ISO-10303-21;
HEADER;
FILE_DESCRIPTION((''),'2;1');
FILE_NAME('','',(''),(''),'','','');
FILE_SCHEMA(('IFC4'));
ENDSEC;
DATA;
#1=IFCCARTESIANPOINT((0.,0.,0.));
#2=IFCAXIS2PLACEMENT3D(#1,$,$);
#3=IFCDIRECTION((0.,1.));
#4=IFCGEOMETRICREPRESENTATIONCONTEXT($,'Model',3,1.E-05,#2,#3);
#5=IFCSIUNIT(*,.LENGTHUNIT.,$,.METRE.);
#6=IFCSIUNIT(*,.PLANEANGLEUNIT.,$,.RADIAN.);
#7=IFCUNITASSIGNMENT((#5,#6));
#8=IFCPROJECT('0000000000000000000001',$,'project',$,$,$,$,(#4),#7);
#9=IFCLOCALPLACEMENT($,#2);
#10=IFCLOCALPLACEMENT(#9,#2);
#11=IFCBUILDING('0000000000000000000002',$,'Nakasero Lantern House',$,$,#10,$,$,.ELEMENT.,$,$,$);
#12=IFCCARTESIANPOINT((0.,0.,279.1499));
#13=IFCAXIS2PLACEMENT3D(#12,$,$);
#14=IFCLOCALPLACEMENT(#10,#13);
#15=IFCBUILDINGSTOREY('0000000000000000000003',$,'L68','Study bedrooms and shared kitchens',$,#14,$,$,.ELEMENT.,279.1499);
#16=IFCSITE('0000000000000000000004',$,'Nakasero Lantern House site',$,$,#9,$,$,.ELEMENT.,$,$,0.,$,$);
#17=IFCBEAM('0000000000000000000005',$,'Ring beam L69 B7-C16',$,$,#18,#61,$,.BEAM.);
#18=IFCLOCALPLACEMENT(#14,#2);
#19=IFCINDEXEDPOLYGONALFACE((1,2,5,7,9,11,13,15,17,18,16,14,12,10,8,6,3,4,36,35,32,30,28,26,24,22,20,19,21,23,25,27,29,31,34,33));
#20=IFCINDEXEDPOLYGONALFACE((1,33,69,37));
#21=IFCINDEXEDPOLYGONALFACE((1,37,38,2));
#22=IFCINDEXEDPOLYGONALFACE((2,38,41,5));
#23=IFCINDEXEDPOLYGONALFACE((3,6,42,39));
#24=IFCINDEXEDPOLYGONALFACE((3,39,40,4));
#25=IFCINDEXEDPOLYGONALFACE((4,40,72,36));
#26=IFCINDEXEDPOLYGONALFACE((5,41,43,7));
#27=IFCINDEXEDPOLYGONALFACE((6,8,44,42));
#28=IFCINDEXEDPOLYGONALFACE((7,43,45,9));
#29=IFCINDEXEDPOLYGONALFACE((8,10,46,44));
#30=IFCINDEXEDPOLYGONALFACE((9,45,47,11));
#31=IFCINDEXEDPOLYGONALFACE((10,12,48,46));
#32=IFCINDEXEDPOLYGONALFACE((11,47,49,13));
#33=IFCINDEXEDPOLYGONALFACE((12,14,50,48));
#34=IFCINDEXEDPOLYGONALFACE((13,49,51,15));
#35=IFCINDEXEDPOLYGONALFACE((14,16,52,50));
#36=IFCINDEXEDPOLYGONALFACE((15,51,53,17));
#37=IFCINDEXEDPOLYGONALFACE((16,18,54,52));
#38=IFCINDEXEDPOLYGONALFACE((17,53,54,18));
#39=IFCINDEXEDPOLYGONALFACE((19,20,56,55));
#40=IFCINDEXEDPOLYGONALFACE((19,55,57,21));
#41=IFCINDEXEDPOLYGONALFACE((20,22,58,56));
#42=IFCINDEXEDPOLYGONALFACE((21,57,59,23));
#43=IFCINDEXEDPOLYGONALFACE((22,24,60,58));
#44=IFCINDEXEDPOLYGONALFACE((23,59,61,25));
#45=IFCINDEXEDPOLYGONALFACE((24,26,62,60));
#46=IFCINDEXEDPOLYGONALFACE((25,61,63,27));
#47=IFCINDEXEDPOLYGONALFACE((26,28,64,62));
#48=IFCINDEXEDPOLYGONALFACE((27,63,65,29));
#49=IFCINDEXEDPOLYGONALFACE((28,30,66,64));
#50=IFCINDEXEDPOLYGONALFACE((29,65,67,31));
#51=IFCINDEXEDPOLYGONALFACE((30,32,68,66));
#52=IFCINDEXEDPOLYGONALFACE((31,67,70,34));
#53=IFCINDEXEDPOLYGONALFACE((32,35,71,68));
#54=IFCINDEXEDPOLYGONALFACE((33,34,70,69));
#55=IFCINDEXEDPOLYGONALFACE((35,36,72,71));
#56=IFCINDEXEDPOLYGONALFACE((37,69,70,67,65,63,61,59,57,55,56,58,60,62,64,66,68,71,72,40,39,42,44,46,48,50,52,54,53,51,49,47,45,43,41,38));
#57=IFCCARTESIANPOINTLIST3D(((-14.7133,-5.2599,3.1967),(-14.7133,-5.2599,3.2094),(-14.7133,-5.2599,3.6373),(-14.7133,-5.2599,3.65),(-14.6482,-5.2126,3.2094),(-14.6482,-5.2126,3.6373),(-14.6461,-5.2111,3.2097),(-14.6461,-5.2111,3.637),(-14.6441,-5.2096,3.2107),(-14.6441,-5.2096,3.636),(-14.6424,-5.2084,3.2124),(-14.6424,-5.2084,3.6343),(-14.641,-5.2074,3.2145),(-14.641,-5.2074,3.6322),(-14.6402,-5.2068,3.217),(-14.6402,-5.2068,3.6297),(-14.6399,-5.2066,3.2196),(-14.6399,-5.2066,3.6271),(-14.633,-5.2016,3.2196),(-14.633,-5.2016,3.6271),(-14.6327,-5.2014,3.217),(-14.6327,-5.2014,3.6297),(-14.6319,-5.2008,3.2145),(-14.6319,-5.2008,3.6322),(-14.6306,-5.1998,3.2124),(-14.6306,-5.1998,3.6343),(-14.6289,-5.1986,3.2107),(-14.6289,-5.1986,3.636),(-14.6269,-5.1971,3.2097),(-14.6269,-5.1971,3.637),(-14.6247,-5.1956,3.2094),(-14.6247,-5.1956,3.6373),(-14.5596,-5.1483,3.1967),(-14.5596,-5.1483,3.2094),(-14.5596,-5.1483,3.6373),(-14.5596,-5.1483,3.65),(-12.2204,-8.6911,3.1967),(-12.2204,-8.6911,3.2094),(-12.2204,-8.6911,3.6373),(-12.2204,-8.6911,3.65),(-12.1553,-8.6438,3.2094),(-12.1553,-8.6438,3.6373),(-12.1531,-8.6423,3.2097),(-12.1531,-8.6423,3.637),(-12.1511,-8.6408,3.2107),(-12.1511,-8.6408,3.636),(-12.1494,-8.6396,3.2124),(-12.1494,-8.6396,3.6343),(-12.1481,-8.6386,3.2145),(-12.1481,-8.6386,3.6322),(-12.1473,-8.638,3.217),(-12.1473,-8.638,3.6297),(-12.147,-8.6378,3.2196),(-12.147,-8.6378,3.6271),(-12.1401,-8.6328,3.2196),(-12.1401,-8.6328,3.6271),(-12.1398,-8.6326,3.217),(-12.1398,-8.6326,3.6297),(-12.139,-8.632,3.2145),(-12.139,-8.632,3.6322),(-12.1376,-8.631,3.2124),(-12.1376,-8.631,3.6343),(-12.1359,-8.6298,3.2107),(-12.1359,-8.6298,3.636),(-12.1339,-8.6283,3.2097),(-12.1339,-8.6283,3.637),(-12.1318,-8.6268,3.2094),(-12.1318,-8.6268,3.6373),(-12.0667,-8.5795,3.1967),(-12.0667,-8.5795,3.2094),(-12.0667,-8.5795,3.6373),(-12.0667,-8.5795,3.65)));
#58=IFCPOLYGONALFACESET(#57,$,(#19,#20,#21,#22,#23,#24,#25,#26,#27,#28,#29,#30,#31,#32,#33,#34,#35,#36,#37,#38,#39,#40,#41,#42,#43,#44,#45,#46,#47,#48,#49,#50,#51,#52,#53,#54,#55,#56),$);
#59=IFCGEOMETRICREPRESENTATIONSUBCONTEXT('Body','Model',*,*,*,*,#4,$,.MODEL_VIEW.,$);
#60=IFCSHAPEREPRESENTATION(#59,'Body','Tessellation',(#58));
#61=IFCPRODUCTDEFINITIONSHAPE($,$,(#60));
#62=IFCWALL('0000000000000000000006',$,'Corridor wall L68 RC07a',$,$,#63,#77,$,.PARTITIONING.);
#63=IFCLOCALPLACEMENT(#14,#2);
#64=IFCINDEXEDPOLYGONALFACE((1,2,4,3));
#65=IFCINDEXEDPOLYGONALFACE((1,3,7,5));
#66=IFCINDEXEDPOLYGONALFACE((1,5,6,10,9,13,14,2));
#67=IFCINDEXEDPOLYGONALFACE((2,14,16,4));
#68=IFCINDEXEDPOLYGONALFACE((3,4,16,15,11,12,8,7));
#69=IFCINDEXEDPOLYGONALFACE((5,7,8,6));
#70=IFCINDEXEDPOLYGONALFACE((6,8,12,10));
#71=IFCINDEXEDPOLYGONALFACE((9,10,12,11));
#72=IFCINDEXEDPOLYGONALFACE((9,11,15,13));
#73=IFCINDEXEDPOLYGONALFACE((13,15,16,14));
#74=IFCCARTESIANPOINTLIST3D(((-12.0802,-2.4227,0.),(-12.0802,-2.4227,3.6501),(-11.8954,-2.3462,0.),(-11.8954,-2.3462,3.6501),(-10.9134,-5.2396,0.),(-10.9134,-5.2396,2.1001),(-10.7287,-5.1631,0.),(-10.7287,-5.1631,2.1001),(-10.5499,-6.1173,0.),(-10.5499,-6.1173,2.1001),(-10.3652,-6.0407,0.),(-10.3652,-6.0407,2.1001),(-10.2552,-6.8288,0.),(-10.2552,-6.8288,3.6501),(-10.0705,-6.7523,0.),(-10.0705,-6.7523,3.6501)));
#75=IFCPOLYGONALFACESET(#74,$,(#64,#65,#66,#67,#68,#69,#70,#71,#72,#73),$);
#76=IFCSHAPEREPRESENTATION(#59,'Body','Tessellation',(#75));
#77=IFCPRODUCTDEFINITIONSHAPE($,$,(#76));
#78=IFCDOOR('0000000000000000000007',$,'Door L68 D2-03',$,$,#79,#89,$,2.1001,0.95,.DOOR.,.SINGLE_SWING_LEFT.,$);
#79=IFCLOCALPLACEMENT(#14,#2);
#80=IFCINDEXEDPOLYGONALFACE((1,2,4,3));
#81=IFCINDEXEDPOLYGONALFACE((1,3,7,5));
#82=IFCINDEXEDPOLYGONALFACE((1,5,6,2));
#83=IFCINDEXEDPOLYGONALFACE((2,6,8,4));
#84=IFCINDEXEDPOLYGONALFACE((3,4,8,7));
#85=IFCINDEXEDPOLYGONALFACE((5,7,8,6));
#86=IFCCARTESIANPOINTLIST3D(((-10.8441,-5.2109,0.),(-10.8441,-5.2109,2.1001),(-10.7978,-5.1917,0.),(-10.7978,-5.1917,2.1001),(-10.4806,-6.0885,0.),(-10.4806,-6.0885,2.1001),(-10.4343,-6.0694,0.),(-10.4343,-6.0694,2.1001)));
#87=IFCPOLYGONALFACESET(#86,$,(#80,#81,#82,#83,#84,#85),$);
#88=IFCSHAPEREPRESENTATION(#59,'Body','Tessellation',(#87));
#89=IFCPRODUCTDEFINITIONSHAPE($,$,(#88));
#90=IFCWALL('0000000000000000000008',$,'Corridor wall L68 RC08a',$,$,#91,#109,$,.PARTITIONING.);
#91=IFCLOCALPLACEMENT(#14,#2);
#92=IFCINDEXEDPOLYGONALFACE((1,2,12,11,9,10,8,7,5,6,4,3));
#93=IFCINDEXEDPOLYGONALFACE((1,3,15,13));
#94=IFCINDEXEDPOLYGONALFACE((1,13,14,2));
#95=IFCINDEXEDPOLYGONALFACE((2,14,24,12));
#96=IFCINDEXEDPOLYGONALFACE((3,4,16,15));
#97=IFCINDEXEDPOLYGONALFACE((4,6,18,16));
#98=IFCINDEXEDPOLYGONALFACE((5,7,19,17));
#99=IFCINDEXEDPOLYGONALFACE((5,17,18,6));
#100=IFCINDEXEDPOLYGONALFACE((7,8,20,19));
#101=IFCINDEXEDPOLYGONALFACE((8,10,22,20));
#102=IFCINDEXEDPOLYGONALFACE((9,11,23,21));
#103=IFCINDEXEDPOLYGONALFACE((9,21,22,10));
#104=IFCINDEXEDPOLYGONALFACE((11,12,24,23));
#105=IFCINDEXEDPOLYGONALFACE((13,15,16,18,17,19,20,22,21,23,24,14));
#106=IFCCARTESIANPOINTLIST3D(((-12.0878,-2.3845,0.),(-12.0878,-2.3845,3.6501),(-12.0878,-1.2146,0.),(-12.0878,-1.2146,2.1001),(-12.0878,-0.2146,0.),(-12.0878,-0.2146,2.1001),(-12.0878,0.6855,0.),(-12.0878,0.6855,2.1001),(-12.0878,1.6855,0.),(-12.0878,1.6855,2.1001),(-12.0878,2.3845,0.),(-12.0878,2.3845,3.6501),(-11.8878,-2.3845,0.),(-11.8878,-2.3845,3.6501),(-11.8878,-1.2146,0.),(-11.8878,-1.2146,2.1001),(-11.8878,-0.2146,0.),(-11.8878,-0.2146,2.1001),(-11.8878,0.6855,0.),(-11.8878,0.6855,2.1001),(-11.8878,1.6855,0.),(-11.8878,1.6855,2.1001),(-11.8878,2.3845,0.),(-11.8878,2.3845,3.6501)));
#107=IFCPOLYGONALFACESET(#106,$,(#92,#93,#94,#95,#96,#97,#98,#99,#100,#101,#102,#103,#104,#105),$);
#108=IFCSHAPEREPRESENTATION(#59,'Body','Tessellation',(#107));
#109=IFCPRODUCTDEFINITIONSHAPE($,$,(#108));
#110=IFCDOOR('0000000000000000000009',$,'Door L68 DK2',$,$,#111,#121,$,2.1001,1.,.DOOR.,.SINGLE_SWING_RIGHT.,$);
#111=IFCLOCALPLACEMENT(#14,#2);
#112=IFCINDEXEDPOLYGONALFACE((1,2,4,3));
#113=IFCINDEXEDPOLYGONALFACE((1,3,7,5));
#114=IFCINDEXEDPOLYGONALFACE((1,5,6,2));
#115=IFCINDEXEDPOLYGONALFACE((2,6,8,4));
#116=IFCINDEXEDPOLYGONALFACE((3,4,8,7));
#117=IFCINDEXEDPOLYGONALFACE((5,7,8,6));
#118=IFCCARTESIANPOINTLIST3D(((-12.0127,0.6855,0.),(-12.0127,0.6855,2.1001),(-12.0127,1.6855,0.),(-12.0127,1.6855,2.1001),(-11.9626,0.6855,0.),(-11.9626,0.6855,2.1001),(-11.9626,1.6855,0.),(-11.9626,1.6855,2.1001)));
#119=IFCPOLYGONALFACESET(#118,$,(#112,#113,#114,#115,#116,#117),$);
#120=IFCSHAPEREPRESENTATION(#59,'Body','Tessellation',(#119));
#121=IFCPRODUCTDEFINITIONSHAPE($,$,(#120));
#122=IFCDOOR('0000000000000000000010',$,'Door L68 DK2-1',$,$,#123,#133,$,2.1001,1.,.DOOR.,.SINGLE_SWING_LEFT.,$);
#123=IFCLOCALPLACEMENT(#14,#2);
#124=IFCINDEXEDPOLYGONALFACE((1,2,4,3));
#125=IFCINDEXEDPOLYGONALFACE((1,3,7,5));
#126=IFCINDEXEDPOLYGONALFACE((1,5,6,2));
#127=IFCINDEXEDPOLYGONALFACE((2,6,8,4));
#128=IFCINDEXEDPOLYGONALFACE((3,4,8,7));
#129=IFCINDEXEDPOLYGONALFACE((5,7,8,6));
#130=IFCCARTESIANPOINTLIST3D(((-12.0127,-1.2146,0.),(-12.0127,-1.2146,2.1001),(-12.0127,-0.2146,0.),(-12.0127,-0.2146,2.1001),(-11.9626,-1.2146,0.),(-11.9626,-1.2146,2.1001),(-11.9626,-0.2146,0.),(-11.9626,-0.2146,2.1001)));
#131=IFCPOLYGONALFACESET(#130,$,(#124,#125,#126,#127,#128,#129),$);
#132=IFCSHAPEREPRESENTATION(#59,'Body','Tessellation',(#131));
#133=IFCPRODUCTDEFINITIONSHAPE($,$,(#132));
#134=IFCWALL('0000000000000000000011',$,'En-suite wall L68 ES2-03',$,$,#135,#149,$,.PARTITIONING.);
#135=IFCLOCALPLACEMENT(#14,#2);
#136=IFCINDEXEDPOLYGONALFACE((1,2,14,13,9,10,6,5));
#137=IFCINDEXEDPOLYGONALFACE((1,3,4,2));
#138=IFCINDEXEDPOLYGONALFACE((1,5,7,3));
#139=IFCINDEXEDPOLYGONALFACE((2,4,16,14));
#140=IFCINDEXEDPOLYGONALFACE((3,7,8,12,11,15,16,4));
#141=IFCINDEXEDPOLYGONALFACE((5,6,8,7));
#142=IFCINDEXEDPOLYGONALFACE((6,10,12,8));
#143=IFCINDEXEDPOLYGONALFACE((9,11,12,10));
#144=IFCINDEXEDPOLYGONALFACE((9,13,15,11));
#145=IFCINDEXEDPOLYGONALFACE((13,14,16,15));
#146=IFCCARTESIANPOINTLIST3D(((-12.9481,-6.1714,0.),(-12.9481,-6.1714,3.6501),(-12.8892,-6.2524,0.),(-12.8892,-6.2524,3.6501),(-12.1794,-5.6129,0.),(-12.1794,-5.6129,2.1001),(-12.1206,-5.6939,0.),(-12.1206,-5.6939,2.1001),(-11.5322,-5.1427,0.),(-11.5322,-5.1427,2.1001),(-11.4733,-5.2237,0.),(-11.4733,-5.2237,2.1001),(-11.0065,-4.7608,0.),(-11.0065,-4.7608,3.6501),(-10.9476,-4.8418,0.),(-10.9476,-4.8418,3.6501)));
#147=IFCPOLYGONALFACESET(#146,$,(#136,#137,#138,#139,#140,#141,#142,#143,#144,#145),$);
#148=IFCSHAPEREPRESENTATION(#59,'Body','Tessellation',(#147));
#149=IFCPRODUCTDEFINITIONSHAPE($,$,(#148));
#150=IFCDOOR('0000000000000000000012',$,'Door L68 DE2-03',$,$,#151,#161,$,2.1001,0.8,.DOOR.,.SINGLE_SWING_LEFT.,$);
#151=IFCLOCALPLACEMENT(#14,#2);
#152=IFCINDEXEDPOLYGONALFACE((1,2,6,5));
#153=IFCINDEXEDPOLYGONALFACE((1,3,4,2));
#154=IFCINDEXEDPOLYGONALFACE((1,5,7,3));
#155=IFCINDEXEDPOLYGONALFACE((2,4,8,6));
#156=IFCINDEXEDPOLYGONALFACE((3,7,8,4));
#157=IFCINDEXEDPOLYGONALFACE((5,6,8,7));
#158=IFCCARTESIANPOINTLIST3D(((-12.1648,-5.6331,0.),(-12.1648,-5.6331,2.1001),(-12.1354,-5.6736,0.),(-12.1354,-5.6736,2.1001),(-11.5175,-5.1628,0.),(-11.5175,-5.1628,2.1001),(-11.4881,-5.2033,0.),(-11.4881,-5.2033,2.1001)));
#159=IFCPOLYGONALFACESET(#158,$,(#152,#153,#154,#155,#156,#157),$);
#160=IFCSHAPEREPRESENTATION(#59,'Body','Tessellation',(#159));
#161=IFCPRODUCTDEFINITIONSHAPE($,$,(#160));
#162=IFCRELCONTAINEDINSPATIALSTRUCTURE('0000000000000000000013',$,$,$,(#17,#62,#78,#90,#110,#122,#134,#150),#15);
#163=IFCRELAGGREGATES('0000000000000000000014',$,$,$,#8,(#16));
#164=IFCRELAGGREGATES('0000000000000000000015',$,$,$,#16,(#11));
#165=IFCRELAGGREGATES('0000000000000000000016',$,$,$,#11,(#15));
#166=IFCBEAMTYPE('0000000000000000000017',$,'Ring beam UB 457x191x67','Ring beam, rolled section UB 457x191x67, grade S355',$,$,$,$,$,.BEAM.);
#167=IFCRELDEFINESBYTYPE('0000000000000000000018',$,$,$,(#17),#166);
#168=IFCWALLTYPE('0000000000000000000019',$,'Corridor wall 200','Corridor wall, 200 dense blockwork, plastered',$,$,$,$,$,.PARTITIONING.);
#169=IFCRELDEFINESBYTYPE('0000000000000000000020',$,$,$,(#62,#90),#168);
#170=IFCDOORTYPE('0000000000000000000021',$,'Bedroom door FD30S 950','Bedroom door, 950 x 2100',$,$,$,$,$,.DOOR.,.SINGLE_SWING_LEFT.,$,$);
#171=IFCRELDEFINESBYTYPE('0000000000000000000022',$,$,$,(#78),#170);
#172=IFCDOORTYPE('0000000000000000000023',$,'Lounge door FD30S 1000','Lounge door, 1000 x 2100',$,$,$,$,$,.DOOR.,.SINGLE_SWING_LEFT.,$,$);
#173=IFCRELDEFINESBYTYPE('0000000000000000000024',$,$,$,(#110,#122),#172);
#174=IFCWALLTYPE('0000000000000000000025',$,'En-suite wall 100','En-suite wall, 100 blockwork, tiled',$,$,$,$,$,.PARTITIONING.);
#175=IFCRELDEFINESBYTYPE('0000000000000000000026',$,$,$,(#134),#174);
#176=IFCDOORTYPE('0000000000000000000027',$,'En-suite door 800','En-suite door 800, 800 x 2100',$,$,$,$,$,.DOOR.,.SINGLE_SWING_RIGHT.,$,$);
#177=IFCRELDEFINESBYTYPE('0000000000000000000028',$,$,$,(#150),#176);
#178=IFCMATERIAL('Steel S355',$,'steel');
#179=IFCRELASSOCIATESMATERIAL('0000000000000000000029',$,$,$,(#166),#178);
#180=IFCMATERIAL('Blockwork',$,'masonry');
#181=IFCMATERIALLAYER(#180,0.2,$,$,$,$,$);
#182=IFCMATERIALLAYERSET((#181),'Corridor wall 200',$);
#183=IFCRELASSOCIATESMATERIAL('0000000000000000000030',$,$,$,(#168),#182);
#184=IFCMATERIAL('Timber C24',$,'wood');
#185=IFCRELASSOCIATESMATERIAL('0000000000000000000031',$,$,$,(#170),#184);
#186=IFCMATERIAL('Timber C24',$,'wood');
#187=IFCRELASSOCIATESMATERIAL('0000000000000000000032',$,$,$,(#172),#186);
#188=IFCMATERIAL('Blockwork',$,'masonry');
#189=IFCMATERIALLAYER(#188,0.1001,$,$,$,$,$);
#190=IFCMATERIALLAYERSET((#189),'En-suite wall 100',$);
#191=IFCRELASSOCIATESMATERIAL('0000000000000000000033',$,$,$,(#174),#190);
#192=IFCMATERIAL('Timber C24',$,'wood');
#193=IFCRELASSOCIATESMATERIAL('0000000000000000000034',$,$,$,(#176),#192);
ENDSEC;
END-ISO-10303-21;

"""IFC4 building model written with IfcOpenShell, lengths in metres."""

from ifc_helpers import new_model, si_unit, direction, frame, frame_2d, origin, origin_2d, place, context, subcontext, project, spatial, rectangle, i_section, extrude, material, layer, layer_set, material_profile, profile_set, type_object, element, fill, save


model = new_model("IFC4")

# Units and contexts
model_context = context("Model", 3, precision=1e-05, world=origin(), true_north=direction((0.0, 1.0)))
body_context = subcontext(model_context, "Body", "Model", "MODEL_VIEW")
ifc_project = project(units=[si_unit("LENGTHUNIT", "METRE"), si_unit("PLANEANGLEUNIT", "RADIAN")], contexts=[model_context])

# Site, building, storey
site_placement = place(None, origin())
site = spatial("IfcSite", under=ifc_project, at=site_placement, Name="Nakasero Lantern House site", CompositionType="ELEMENT", RefElevation=0.0)
building_placement = place(site_placement, origin())
building = spatial("IfcBuilding", under=site, at=building_placement, Name="Nakasero Lantern House", CompositionType="ELEMENT")
storey_placement = place(building_placement, frame((0.0, 0.0, 279.1499)))
storey = spatial("IfcBuildingStorey", under=building, at=storey_placement, Name="L68", Description="Study bedrooms and shared kitchens", CompositionType="ELEMENT", Elevation=279.1499)

# Beam
ifc_material_1 = material(Name="Steel S355", Category="steel")
ifc_material_profile_1 = material_profile(ifc_material_1, i_section(OverallWidth=0.1899, OverallDepth=0.4534, WebThickness=0.0085, FlangeThickness=0.0127, FilletRadius=0.0103, at=origin_2d()), Name="UB 457x191x67")
ifc_profile_set_1 = profile_set([ifc_material_profile_1], Name="Steel S355")
beam_type_1 = type_object("IfcBeamType", Name="Ring beam UB 457x191x67", Description="Ring beam, rolled section UB 457x191x67, grade S355", PredefinedType="BEAM", material=ifc_profile_set_1)
beam_1_placement = place(storey_placement, frame((-14.6365, -5.2041, 3.4233), z_axis=(0.587792, -0.809012, 0.0), x_axis=(0.809012, 0.587792, 0.0)))
element("IfcBeam", 1, at=beam_1_placement, inside=storey, type_object=beam_type_1, Name="Ring beam L69 B7-C16", PredefinedType="BEAM", context=body_context, shape_type="SweptSolid", body=[
    extrude(i_section(OverallWidth=0.1899, OverallDepth=0.4534, WebThickness=0.0085, FlangeThickness=0.0127, FilletRadius=0.0103, at=origin_2d()), origin(), (0.0, 0.0, 1.0), 4.2412),
])

# Wall, opening, door
ifc_material_2 = material(Name="Blockwork", Category="masonry")
ifc_layer_1 = layer(ifc_material_2, 0.2)
ifc_layer_set_1 = layer_set([ifc_layer_1], Name="Corridor wall 200")
wall_type_1 = type_object("IfcWallType", Name="Corridor wall 200", Description="Corridor wall, 200 dense blockwork, plastered", PredefinedType="PARTITIONING", material=ifc_layer_set_1)
wall_1_placement = place(storey_placement, frame((-10.1628, -6.7905, 0.0), z_axis=(0.0, 0.0, 1.0), x_axis=(-0.38267, 0.923885, 0.0)))
wall_1 = element("IfcWall", 2, at=wall_1_placement, inside=storey, type_object=wall_type_1, Name="Corridor wall L68 RC07a", PredefinedType="PARTITIONING", context=body_context, shape_type="SweptSolid", body=[
    extrude(rectangle(XDim=4.769, YDim=0.2, at=frame_2d((2.3845, 0.0))), origin(), (0.0, 0.0, 1.0), 3.6501),
])
opening_1_placement = place(wall_1_placement, frame((0.77, 0.0, 0.0)))
opening_1 = element("IfcOpeningElement", 3, at=opening_1_placement, cuts=wall_1, PredefinedType="OPENING", context=body_context, shape_type="SweptSolid", body=[
    extrude(rectangle(XDim=0.95, YDim=2.1001, at=frame_2d((0.4751, 1.05))), frame((0.0, 0.1199, 0.0), z_axis=(0.0, -1.0, 0.0), x_axis=(1.0, 0.0, 0.0)), (0.0, 0.0, 1.0), 0.24),
])
ifc_material_3 = material(Name="Timber C24", Category="wood")
door_type_1 = type_object("IfcDoorType", Name="Bedroom door FD30S 950", Description="Bedroom door, 950 x 2100", OperationType="SINGLE_SWING_LEFT", PredefinedType="DOOR", material=ifc_material_3)
door_1_placement = place(opening_1_placement, origin())
door_1 = element("IfcDoor", 4, at=door_1_placement, inside=storey, type_object=door_type_1, Name="Door L68 D2-03", OperationType="SINGLE_SWING_LEFT", OverallHeight=2.1001, OverallWidth=0.95, PredefinedType="DOOR", context=body_context, shape_type="SweptSolid", body=[
    extrude(rectangle(XDim=0.95, YDim=2.1001, at=frame_2d((0.4751, 1.05))), frame((0.0, 0.0249, 0.0), z_axis=(0.0, -1.0, 0.0), x_axis=(1.0, 0.0, 0.0)), (0.0, 0.0, 1.0), 0.05),
])
fill(opening_1, door_1)

# Wall, openings, doors
wall_2_placement = place(storey_placement, frame((-11.9878, -2.3845, 0.0), z_axis=(0.0, 0.0, 1.0), x_axis=(0.0, 1.0, 0.0)))
wall_2 = element("IfcWall", 5, at=wall_2_placement, inside=storey, type_object=wall_type_1, Name="Corridor wall L68 RC08a", PredefinedType="PARTITIONING", context=body_context, shape_type="SweptSolid", body=[
    extrude(rectangle(XDim=4.769, YDim=0.2, at=frame_2d((2.3845, 0.0))), origin(), (0.0, 0.0, 1.0), 3.6501),
])
opening_2_placement = place(wall_2_placement, frame((3.0701, 0.0, 0.0)))
opening_2 = element("IfcOpeningElement", 6, at=opening_2_placement, cuts=wall_2, PredefinedType="OPENING", context=body_context, shape_type="SweptSolid", body=[
    extrude(rectangle(XDim=1.0, YDim=2.1001, at=frame_2d((0.5, 1.05))), frame((0.0, 0.1199, 0.0), z_axis=(0.0, -1.0, 0.0), x_axis=(1.0, 0.0, 0.0)), (0.0, 0.0, 1.0), 0.24),
])
opening_3_placement = place(wall_2_placement, frame((1.1699, 0.0, 0.0)))
opening_3 = element("IfcOpeningElement", 7, at=opening_3_placement, cuts=wall_2, PredefinedType="OPENING", context=body_context, shape_type="SweptSolid", body=[
    extrude(rectangle(XDim=1.0, YDim=2.1001, at=frame_2d((0.5, 1.05))), frame((0.0, 0.1199, 0.0), z_axis=(0.0, -1.0, 0.0), x_axis=(1.0, 0.0, 0.0)), (0.0, 0.0, 1.0), 0.24),
])
ifc_material_4 = material(Name="Timber C24", Category="wood")
door_type_2 = type_object("IfcDoorType", Name="Lounge door FD30S 1000", Description="Lounge door, 1000 x 2100", OperationType="SINGLE_SWING_LEFT", PredefinedType="DOOR", material=ifc_material_4)
door_2_placement = place(opening_2_placement, origin())
door_2 = element("IfcDoor", 8, at=door_2_placement, inside=storey, type_object=door_type_2, Name="Door L68 DK2", OperationType="SINGLE_SWING_RIGHT", OverallHeight=2.1001, OverallWidth=1.0, PredefinedType="DOOR", context=body_context, shape_type="SweptSolid", body=[
    extrude(rectangle(XDim=1.0, YDim=2.1001, at=frame_2d((0.5, 1.05))), frame((0.0, 0.0249, 0.0), z_axis=(0.0, -1.0, 0.0), x_axis=(1.0, 0.0, 0.0)), (0.0, 0.0, 1.0), 0.05),
])
fill(opening_2, door_2)
door_3_placement = place(opening_3_placement, origin())
door_3 = element("IfcDoor", 9, at=door_3_placement, inside=storey, type_object=door_type_2, Name="Door L68 DK2-1", OperationType="SINGLE_SWING_LEFT", OverallHeight=2.1001, OverallWidth=1.0, PredefinedType="DOOR", context=body_context, shape_type="SweptSolid", body=[
    extrude(rectangle(XDim=1.0, YDim=2.1001, at=frame_2d((0.5, 1.05))), frame((0.0, 0.0249, 0.0), z_axis=(0.0, -1.0, 0.0), x_axis=(1.0, 0.0, 0.0)), (0.0, 0.0, 1.0), 0.05),
])
fill(opening_3, door_3)

# Wall, opening, door
ifc_material_5 = material(Name="Blockwork", Category="masonry")
ifc_layer_2 = layer(ifc_material_5, 0.1001)
ifc_layer_set_2 = layer_set([ifc_layer_2], Name="En-suite wall 100")
wall_type_2 = type_object("IfcWallType", Name="En-suite wall 100", Description="En-suite wall, 100 blockwork, tiled", PredefinedType="PARTITIONING", material=ifc_layer_set_2)
wall_3_placement = place(storey_placement, frame((-10.9771, -4.8013, 0.0), z_axis=(0.0, 0.0, 1.0), x_axis=(-0.809026, -0.587772, 0.0)))
wall_3 = element("IfcWall", 10, at=wall_3_placement, inside=storey, type_object=wall_type_2, Name="En-suite wall L68 ES2-03", PredefinedType="PARTITIONING", context=body_context, shape_type="SweptSolid", body=[
    extrude(rectangle(XDim=2.3999, YDim=0.1001, at=frame_2d((1.2, 0.0))), origin(), (0.0, 0.0, 1.0), 3.6501),
])
opening_4_placement = place(wall_3_placement, frame((0.6499, 0.0, 0.0)))
opening_4 = element("IfcOpeningElement", 11, at=opening_4_placement, cuts=wall_3, PredefinedType="OPENING", context=body_context, shape_type="SweptSolid", body=[
    extrude(rectangle(XDim=0.8, YDim=2.1001, at=frame_2d((0.3999, 1.05))), frame((0.0, 0.0701, 0.0), z_axis=(0.0, -1.0, 0.0), x_axis=(1.0, 0.0, 0.0)), (0.0, 0.0, 1.0), 0.1401),
])
ifc_material_6 = material(Name="Timber C24", Category="wood")
door_type_3 = type_object("IfcDoorType", Name="En-suite door 800", Description="En-suite door 800, 800 x 2100", OperationType="SINGLE_SWING_RIGHT", PredefinedType="DOOR", material=ifc_material_6)
door_4_placement = place(opening_4_placement, origin())
door_4 = element("IfcDoor", 12, at=door_4_placement, inside=storey, type_object=door_type_3, Name="Door L68 DE2-03", OperationType="SINGLE_SWING_LEFT", OverallHeight=2.1001, OverallWidth=0.8, PredefinedType="DOOR", context=body_context, shape_type="SweptSolid", body=[
    extrude(rectangle(XDim=0.8, YDim=2.1001, at=frame_2d((0.3999, 1.05))), frame((0.0, 0.0249, 0.0), z_axis=(0.0, -1.0, 0.0), x_axis=(1.0, 0.0, 0.0)), (0.0, 0.0, 1.0), 0.05),
])
fill(opening_4, door_4)

save(model, "model.ifc")
